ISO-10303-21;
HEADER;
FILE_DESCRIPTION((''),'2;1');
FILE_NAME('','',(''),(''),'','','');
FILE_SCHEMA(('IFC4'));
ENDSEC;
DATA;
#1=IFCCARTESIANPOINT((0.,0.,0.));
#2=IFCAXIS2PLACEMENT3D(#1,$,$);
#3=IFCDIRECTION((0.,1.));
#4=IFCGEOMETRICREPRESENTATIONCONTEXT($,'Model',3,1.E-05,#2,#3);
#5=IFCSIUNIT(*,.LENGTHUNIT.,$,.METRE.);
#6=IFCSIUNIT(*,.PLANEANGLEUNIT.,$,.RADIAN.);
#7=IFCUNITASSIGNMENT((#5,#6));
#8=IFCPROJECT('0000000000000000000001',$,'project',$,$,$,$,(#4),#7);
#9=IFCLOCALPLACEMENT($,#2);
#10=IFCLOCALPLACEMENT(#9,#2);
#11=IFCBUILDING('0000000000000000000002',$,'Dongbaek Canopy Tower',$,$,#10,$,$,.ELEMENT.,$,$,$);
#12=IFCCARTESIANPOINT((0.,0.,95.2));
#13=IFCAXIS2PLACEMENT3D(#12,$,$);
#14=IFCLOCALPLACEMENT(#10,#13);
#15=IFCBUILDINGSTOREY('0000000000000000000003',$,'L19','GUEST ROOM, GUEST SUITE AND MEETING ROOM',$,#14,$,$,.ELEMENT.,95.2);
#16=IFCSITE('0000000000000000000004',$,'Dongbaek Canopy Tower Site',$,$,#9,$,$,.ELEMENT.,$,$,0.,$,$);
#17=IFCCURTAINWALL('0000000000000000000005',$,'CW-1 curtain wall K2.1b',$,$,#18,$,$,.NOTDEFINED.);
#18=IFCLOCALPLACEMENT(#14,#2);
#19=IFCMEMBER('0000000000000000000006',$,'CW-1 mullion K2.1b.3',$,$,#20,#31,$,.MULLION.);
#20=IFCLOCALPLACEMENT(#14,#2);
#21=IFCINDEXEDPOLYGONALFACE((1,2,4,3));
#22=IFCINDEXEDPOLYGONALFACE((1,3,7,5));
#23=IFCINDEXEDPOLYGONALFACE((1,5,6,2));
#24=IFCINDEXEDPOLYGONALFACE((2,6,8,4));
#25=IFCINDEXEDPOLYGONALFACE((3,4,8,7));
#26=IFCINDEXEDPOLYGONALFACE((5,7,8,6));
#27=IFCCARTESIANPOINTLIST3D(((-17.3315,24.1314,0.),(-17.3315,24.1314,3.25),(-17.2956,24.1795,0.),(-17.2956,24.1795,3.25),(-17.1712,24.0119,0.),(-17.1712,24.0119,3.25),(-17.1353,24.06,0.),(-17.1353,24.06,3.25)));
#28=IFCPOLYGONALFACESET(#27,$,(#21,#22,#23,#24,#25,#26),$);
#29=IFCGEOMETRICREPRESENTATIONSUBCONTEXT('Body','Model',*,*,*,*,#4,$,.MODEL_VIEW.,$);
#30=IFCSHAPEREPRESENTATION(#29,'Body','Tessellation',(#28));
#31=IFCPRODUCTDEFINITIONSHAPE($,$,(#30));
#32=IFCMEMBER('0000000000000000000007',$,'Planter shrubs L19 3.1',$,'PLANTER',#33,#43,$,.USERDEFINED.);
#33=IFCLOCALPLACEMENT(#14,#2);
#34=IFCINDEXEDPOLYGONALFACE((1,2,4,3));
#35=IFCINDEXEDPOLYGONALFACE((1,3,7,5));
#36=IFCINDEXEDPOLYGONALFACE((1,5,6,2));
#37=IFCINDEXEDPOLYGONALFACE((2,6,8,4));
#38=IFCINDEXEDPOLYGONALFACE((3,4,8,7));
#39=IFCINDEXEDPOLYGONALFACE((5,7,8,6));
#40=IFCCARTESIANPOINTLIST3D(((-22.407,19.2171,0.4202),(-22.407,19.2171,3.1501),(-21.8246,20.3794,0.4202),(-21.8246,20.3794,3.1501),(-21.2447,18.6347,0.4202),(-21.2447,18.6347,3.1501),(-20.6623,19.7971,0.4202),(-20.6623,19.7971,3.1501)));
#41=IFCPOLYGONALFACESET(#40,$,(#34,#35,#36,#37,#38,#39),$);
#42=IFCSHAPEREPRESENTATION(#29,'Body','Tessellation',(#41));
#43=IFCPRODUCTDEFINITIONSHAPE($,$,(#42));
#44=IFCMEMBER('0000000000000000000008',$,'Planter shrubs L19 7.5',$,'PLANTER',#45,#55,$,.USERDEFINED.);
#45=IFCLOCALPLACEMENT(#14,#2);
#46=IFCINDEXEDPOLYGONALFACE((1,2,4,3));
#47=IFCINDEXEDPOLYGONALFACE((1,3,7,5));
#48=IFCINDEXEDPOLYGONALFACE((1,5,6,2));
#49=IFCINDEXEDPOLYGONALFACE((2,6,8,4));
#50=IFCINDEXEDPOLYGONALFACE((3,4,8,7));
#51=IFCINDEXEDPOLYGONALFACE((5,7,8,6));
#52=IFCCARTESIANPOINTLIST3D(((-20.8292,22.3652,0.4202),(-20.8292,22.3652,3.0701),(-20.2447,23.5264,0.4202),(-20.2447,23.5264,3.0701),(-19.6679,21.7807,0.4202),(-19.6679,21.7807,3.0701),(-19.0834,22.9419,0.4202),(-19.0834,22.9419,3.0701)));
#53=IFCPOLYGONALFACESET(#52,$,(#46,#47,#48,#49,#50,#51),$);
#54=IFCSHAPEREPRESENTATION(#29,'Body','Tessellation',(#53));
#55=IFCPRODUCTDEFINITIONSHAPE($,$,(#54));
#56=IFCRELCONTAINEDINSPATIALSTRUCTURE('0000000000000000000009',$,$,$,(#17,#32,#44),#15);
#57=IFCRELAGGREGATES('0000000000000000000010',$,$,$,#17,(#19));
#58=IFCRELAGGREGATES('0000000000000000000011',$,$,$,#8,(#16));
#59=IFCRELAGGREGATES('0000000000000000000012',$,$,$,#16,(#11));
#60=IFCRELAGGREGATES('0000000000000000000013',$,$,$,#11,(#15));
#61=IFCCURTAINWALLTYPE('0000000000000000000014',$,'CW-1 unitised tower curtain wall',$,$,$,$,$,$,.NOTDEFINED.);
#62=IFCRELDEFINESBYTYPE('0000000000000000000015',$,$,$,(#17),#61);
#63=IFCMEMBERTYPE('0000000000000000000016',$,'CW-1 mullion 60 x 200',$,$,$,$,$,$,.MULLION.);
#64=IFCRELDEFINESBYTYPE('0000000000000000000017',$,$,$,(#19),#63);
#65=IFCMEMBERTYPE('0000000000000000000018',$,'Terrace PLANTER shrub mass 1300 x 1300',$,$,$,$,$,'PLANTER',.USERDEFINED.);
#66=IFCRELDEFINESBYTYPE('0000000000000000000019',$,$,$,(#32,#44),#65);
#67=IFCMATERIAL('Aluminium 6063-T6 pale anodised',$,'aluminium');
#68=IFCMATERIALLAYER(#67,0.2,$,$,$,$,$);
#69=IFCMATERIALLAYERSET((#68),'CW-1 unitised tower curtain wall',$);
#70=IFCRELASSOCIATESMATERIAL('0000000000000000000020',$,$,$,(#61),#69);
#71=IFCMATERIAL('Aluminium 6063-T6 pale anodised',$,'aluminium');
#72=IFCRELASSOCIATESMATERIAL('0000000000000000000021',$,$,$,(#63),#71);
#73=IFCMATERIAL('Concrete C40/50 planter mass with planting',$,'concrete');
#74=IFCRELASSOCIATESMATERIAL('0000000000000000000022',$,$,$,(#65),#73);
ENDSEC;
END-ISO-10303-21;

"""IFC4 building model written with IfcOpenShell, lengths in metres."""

from ifc_helpers import new_model, si_unit, direction, frame, origin, origin_2d, place, context, subcontext, project, spatial, rectangle, extrude, material, layer, layer_set, material_profile, profile_set, type_object, element, aggregate, save


model = new_model("IFC4")

# Units and contexts
model_context = context("Model", 3, precision=1e-05, world=origin(), true_north=direction((0.0, 1.0)))
body_context = subcontext(model_context, "Body", "Model", "MODEL_VIEW")
ifc_project = project(units=[si_unit("LENGTHUNIT", "METRE"), si_unit("PLANEANGLEUNIT", "RADIAN")], contexts=[model_context])

# Site, building, storey
site_placement = place(None, origin())
site = spatial("IfcSite", under=ifc_project, at=site_placement, Name="Dongbaek Canopy Tower Site", CompositionType="ELEMENT", RefElevation=0.0)
building_placement = place(site_placement, origin())
building = spatial("IfcBuilding", under=site, at=building_placement, Name="Dongbaek Canopy Tower", CompositionType="ELEMENT")
storey_placement = place(building_placement, frame((0.0, 0.0, 95.2)))
storey = spatial("IfcBuildingStorey", under=building, at=storey_placement, Name="L19", Description="GUEST ROOM, GUEST SUITE AND MEETING ROOM", CompositionType="ELEMENT", Elevation=95.2)

# Curtain wall, member
ifc_material_1 = material(Name="Aluminium 6063-T6 pale anodised", Category="aluminium")
ifc_layer_1 = layer(ifc_material_1, 0.2)
ifc_layer_set_1 = layer_set([ifc_layer_1], Name="CW-1 unitised tower curtain wall")
curtain_wall_type = type_object("IfcCurtainWallType", Name="CW-1 unitised tower curtain wall", PredefinedType="NOTDEFINED", material=ifc_layer_set_1)
curtain_wall_placement = place(storey_placement, origin())
curtain_wall = element("IfcCurtainWall", 1, at=curtain_wall_placement, inside=storey, type_object=curtain_wall_type, Name="CW-1 curtain wall K2.1b", PredefinedType="NOTDEFINED")
ifc_material_2 = material(Name="Aluminium 6063-T6 pale anodised", Category="aluminium")
ifc_material_profile_1 = material_profile(ifc_material_2, rectangle(XDim=0.2, YDim=0.0601, at=origin_2d()), Name="CW-1 mullion 60 x 200")
ifc_profile_set_1 = profile_set([ifc_material_profile_1], Name="Aluminium 6063-T6 pale anodised")
member_type_1 = type_object("IfcMemberType", Name="CW-1 mullion 60 x 200", PredefinedType="MULLION", material=ifc_profile_set_1)
member_1_placement = place(storey_placement, frame((-17.2334, 24.0957, 0.0), z_axis=(0.0, 0.0, 1.0), x_axis=(-0.801735, 0.59768, 0.0)))
member_1 = element("IfcMember", 2, at=member_1_placement, type_object=member_type_1, Name="CW-1 mullion K2.1b.3", PredefinedType="MULLION", context=body_context, shape_type="SweptSolid", body=[
    extrude(rectangle(XDim=0.2, YDim=0.0601, at=origin_2d()), origin(), (0.0, 0.0, 1.0), 3.25),
])
aggregate(curtain_wall, [member_1])

# Members
ifc_material_3 = material(Name="Concrete C40/50 planter mass with planting", Category="concrete")
ifc_material_profile_2 = material_profile(ifc_material_3, rectangle(XDim=1.3, YDim=1.3, at=origin_2d()), Name="Terrace PLANTER shrub mass 1300 x 1300")
ifc_profile_set_2 = profile_set([ifc_material_profile_2], Name="Concrete C40/50 planter mass with planting")
member_type_2 = type_object("IfcMemberType", Name="Terrace PLANTER shrub mass 1300 x 1300", ElementType="PLANTER", PredefinedType="USERDEFINED", material=ifc_profile_set_2)
member_2_placement = place(storey_placement, frame((-21.5347, 19.5071, 0.4202), z_axis=(0.0, 0.0, 1.0), x_axis=(-0.894056, 0.447956, 0.0)))
element("IfcMember", 3, at=member_2_placement, inside=storey, type_object=member_type_2, Name="Planter shrubs L19 3.1", ObjectType="PLANTER", PredefinedType="USERDEFINED", context=body_context, shape_type="SweptSolid", body=[
    extrude(rectangle(XDim=1.3, YDim=1.3, at=origin_2d()), origin(), (0.0, 0.0, 1.0), 2.73),
])
member_3_placement = place(storey_placement, frame((-19.9563, 22.6536, 0.4202), z_axis=(0.0, 0.0, 1.0), x_axis=(-0.893229, 0.449602, 0.0)))
element("IfcMember", 4, at=member_3_placement, inside=storey, type_object=member_type_2, Name="Planter shrubs L19 7.5", ObjectType="PLANTER", PredefinedType="USERDEFINED", context=body_context, shape_type="SweptSolid", body=[
    extrude(rectangle(XDim=1.3, YDim=1.3, at=origin_2d()), origin(), (0.0, 0.0, 1.0), 2.6499),
])

save(model, "model.ifc")
